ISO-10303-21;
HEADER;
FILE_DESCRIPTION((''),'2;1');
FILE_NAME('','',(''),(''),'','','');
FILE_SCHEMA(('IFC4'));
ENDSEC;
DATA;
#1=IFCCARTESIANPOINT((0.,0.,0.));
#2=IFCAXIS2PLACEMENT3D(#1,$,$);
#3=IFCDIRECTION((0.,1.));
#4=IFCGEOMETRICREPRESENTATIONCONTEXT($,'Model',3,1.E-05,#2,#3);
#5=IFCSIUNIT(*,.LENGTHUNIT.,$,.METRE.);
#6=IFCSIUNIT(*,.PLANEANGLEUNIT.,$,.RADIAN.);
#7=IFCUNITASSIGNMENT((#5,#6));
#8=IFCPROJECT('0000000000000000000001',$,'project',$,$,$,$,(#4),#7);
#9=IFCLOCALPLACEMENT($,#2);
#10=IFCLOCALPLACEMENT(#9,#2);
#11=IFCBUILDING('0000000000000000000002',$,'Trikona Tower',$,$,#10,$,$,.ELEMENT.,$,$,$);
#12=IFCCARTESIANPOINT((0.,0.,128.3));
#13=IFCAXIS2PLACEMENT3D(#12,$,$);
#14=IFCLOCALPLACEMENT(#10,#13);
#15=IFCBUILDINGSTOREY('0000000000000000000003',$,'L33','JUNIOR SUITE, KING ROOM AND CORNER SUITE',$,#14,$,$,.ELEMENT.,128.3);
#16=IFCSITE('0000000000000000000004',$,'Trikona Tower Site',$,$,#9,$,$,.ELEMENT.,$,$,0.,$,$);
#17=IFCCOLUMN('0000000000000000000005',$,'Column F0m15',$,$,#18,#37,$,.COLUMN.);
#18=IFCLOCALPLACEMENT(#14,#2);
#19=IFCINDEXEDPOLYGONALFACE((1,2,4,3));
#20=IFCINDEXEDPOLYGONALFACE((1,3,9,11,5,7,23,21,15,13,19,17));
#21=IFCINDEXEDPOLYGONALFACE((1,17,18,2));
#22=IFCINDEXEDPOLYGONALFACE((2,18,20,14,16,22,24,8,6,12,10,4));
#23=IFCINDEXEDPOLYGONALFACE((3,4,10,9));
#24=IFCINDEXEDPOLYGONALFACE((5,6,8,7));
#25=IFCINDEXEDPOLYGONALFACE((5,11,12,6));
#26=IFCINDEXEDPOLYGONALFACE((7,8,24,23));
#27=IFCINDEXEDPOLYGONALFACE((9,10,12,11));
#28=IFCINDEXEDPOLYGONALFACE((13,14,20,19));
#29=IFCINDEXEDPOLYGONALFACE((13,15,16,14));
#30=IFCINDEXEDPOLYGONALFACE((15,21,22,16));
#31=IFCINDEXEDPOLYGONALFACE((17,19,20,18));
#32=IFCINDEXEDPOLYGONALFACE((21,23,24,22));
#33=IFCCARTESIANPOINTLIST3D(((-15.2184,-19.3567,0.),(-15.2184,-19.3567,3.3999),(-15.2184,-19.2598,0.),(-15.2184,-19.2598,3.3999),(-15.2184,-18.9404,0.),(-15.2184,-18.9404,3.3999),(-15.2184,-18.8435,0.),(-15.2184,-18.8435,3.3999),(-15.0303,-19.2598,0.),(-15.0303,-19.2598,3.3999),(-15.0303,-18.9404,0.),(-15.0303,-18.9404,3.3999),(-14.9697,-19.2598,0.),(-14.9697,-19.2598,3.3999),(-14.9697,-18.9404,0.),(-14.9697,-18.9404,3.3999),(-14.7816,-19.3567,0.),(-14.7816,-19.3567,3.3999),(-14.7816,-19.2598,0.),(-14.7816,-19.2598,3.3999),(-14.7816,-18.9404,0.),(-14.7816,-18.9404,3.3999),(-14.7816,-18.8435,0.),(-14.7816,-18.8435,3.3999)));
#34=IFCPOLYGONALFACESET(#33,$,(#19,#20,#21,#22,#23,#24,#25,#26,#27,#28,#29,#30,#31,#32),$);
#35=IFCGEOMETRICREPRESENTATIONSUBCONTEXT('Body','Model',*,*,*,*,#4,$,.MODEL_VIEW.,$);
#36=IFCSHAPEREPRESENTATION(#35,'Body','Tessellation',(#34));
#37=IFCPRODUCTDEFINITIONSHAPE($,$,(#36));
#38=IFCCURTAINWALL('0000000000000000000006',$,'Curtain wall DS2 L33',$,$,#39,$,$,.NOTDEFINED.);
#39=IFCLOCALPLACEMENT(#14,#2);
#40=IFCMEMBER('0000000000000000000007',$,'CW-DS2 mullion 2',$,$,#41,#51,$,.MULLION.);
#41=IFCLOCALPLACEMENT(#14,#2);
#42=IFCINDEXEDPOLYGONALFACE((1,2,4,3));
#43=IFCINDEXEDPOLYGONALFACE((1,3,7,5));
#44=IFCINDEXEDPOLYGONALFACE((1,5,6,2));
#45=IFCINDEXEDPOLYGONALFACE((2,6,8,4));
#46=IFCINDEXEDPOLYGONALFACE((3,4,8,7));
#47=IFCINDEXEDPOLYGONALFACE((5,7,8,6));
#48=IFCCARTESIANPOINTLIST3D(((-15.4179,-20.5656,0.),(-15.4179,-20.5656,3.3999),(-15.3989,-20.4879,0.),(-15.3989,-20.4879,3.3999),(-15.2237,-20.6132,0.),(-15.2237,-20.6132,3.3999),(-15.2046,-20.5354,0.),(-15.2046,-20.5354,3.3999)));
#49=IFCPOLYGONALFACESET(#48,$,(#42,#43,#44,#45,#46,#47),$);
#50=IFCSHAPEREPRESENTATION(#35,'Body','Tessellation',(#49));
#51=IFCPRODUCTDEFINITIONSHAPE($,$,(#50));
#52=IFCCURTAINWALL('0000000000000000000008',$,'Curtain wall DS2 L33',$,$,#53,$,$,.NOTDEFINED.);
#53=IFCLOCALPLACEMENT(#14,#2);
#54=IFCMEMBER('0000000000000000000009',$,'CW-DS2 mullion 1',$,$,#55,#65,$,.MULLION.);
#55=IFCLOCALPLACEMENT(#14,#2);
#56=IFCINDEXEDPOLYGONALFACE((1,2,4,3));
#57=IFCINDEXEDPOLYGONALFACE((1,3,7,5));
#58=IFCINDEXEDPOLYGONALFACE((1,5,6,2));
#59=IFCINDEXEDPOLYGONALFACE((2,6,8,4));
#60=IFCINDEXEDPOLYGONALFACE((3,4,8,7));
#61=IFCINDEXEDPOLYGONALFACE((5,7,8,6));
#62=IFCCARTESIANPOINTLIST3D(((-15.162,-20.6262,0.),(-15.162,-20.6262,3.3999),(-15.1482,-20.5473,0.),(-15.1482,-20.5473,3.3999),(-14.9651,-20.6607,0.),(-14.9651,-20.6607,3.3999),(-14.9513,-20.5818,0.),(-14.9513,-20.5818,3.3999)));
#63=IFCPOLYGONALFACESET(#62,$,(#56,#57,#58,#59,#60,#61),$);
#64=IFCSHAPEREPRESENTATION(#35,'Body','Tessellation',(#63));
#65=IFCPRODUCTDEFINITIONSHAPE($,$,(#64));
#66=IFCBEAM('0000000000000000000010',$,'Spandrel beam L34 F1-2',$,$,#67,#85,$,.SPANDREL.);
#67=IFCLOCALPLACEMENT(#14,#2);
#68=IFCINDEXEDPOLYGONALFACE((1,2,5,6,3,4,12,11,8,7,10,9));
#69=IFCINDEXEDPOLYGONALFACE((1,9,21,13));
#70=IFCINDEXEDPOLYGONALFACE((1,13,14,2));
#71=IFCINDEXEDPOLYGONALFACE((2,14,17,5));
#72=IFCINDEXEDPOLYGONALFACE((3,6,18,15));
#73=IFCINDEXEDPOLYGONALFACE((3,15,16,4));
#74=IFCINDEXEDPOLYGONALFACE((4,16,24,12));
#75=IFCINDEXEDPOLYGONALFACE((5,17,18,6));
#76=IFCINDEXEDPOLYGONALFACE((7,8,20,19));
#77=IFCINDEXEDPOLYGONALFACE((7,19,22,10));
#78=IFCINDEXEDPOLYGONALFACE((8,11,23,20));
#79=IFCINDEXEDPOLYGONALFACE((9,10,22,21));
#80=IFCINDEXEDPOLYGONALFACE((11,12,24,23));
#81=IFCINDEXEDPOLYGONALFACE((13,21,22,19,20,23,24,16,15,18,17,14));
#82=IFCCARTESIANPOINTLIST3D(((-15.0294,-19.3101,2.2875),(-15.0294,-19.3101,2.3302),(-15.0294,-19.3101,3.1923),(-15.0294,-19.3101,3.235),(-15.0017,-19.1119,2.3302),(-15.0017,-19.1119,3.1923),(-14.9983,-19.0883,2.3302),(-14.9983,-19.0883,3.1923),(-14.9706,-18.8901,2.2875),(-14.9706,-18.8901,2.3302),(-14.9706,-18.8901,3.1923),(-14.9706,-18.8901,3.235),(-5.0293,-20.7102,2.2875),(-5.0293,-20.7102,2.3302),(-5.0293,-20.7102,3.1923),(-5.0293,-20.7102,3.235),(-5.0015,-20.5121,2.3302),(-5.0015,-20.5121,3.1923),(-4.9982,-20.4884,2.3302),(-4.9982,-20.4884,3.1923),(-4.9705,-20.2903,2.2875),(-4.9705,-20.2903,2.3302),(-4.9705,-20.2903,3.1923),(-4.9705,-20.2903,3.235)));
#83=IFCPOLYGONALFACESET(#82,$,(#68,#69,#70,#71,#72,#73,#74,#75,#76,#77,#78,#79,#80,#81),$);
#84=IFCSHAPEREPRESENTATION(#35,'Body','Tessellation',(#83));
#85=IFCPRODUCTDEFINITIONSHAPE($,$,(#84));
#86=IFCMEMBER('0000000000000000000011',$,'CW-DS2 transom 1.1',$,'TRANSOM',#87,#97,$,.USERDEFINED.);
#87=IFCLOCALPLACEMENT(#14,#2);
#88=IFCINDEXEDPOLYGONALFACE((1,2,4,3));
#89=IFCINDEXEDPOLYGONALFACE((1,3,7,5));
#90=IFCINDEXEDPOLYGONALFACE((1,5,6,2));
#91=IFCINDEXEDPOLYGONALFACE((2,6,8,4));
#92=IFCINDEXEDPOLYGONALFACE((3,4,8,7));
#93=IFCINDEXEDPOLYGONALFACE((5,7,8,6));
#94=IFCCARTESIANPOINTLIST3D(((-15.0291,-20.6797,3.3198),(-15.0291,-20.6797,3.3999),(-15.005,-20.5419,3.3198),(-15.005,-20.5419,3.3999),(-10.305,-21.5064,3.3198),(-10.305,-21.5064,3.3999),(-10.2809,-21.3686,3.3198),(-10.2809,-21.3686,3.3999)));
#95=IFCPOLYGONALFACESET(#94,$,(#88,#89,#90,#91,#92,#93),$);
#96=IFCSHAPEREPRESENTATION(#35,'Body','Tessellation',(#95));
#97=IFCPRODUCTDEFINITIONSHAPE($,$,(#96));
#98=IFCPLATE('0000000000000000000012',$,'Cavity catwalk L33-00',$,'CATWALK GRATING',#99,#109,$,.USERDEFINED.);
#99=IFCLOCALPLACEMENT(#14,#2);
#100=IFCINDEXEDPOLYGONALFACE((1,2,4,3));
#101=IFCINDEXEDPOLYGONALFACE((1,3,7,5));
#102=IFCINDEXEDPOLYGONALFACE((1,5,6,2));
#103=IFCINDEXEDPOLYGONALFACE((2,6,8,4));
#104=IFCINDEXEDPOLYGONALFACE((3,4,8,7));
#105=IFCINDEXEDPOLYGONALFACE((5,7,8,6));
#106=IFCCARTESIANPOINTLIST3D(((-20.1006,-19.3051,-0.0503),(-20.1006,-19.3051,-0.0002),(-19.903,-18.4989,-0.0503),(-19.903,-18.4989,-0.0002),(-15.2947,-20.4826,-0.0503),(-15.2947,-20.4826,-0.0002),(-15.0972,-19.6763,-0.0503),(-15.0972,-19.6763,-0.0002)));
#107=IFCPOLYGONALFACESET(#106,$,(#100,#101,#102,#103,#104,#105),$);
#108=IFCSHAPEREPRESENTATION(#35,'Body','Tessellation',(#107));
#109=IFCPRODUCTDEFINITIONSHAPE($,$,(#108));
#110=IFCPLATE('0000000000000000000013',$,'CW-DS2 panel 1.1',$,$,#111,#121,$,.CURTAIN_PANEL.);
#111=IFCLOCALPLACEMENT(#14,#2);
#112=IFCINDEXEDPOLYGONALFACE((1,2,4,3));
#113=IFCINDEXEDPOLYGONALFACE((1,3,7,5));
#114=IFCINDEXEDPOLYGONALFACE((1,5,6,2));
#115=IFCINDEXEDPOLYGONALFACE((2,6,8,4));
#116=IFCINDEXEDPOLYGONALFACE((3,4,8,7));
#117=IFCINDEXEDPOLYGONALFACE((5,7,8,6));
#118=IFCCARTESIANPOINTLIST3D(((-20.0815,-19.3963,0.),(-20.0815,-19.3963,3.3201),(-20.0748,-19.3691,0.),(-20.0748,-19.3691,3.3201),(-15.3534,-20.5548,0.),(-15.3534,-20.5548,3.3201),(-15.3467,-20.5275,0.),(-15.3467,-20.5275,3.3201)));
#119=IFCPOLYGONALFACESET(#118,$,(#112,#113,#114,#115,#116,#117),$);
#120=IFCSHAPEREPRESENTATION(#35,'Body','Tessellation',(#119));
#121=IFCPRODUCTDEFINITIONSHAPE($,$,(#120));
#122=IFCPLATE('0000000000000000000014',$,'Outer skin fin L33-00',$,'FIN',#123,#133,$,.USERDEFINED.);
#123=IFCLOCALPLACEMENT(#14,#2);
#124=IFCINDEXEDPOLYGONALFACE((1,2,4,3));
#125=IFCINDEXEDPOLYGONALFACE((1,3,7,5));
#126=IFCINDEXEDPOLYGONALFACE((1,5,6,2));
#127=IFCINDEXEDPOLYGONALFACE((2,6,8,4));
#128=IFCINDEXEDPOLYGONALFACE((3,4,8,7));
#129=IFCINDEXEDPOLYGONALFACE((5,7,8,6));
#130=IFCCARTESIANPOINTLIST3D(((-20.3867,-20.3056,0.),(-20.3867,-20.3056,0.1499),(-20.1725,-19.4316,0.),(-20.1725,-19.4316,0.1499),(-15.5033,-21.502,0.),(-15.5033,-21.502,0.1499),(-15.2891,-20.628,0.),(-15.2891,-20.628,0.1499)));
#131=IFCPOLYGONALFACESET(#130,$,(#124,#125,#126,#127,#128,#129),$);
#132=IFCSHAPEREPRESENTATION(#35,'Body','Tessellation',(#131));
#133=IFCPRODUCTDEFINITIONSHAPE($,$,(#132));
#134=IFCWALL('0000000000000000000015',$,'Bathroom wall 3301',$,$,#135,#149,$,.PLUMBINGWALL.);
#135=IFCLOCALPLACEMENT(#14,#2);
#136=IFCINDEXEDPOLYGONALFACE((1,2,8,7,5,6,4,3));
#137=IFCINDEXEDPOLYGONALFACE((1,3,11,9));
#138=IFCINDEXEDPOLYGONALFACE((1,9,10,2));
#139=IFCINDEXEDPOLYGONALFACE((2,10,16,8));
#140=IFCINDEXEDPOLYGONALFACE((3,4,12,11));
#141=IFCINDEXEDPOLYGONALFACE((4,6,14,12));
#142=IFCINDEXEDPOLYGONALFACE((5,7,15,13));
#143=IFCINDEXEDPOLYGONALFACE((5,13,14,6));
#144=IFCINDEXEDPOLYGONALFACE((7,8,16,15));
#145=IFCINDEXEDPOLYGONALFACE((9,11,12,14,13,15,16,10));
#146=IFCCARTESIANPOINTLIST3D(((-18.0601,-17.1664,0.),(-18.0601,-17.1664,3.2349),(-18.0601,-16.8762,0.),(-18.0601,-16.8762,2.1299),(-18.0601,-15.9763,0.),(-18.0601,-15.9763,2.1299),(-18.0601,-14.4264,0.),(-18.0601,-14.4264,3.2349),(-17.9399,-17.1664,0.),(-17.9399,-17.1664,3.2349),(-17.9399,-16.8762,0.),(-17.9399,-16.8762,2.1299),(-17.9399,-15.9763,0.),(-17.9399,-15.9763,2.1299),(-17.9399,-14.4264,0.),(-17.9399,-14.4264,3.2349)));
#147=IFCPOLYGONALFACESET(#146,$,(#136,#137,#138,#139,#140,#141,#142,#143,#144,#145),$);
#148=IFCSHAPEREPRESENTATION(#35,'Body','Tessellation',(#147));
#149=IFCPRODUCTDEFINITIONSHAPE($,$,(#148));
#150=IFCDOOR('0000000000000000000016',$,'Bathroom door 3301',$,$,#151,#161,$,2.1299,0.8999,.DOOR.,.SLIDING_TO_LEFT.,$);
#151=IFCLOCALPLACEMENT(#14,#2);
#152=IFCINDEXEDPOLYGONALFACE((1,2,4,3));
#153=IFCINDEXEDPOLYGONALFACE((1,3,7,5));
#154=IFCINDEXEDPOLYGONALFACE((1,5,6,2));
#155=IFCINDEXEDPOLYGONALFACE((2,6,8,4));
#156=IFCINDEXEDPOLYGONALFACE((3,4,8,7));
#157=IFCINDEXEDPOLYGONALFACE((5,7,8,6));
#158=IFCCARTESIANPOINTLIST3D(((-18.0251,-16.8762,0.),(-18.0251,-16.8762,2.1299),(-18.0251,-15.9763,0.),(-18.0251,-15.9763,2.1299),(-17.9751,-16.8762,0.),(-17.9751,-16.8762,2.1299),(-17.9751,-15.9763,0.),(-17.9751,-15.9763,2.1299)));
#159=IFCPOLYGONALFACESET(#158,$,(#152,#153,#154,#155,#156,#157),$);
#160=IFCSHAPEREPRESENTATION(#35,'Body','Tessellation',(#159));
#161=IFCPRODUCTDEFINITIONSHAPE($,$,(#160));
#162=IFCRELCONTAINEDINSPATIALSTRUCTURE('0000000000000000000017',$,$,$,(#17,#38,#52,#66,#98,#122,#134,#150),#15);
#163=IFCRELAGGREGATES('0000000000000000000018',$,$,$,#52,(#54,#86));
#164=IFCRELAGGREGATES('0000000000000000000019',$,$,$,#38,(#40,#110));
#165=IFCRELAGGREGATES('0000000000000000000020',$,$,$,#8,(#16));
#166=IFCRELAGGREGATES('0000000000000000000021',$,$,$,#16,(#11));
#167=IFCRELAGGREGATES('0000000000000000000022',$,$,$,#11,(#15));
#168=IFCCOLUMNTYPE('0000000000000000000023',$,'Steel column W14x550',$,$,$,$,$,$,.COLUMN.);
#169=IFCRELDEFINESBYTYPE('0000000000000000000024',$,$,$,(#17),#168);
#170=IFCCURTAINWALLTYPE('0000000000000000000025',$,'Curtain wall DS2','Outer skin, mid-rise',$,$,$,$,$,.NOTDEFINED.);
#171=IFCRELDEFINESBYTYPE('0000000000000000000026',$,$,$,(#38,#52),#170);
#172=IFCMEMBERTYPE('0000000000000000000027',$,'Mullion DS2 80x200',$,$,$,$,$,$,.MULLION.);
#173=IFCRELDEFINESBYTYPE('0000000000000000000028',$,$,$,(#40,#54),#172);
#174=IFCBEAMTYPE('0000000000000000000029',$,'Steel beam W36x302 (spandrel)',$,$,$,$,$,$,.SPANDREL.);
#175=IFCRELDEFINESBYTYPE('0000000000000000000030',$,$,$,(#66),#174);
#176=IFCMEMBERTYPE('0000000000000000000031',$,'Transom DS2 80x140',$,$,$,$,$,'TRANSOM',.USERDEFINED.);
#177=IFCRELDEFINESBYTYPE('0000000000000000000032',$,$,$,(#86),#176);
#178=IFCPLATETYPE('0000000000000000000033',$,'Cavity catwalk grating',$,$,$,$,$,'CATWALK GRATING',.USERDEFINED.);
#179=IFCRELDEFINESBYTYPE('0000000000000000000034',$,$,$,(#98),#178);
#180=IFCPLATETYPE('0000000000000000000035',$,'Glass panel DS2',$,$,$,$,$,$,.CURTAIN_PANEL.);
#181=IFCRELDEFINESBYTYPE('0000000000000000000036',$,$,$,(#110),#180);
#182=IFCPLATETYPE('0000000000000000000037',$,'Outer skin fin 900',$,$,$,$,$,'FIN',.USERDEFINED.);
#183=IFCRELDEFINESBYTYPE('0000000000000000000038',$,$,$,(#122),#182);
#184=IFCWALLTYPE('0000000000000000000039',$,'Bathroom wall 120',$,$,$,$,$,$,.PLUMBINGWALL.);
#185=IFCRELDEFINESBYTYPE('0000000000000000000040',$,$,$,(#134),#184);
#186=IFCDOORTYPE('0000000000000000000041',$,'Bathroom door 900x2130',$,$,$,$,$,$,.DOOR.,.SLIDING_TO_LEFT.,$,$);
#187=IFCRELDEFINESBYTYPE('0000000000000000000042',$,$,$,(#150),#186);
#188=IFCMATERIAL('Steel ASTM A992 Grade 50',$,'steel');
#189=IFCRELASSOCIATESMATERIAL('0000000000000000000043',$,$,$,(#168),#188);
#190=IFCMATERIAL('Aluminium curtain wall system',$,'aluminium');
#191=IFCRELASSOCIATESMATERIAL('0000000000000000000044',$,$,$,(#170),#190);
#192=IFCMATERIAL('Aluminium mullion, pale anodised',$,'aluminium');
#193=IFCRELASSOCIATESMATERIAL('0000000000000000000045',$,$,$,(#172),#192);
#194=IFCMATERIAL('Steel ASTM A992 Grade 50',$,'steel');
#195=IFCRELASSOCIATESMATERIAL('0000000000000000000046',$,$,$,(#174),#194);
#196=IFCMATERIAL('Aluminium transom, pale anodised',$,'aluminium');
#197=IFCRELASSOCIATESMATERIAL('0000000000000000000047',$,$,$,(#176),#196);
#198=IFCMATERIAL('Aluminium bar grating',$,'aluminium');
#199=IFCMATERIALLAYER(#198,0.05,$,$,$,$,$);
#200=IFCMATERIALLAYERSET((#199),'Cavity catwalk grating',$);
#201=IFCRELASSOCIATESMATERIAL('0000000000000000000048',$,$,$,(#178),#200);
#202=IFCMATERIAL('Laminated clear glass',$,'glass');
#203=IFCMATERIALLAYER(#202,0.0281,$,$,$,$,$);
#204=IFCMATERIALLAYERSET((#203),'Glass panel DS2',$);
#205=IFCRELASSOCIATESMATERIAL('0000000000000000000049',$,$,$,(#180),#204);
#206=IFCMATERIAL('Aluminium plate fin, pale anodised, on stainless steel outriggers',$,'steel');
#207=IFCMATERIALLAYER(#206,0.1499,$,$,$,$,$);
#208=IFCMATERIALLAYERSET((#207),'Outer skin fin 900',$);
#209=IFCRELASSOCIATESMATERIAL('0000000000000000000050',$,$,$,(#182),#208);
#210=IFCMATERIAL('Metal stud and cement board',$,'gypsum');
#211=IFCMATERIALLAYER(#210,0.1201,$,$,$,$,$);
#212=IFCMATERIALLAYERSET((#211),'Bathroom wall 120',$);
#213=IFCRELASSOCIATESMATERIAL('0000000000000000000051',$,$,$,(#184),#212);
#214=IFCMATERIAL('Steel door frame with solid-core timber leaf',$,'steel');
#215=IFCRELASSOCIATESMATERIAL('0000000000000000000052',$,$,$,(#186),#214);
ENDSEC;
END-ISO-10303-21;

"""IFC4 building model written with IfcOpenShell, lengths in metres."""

from ifc_helpers import new_model, si_unit, direction, frame, frame_2d, origin, origin_2d, place, context, subcontext, project, spatial, rectangle, i_section, extrude, material, layer, layer_set, material_profile, profile_set, type_object, element, fill, aggregate, save


model = new_model("IFC4")

# Units and contexts
model_context = context("Model", 3, precision=1e-05, world=origin(), true_north=direction((0.0, 1.0)))
body_context = subcontext(model_context, "Body", "Model", "MODEL_VIEW")
ifc_project = project(units=[si_unit("LENGTHUNIT", "METRE"), si_unit("PLANEANGLEUNIT", "RADIAN")], contexts=[model_context])

# Site, building, storey
site_placement = place(None, origin())
site = spatial("IfcSite", under=ifc_project, at=site_placement, Name="Trikona Tower Site", CompositionType="ELEMENT", RefElevation=0.0)
building_placement = place(site_placement, origin())
building = spatial("IfcBuilding", under=site, at=building_placement, Name="Trikona Tower", CompositionType="ELEMENT")
storey_placement = place(building_placement, frame((0.0, 0.0, 128.3)))
storey = spatial("IfcBuildingStorey", under=building, at=storey_placement, Name="L33", Description="JUNIOR SUITE, KING ROOM AND CORNER SUITE", CompositionType="ELEMENT", Elevation=128.3)

# Column
ifc_material_1 = material(Name="Steel ASTM A992 Grade 50", Category="steel")
ifc_material_profile_1 = material_profile(ifc_material_1, i_section(OverallWidth=0.4368, OverallDepth=0.5132, WebThickness=0.0605, FlangeThickness=0.0969, at=origin_2d()), Name="W14X550")
ifc_profile_set_1 = profile_set([ifc_material_profile_1], Name="Steel ASTM A992 Grade 50")
column_type = type_object("IfcColumnType", Name="Steel column W14x550", PredefinedType="COLUMN", material=ifc_profile_set_1)
column_placement = place(storey_placement, frame((-15.0, -19.1001, 0.0), z_axis=(0.0, 0.0, 1.0), x_axis=(1.0, 0.0, 0.0)))
element("IfcColumn", 1, at=column_placement, inside=storey, type_object=column_type, Name="Column F0m15", PredefinedType="COLUMN", context=body_context, shape_type="SweptSolid", body=[
    extrude(i_section(OverallWidth=0.4368, OverallDepth=0.5132, WebThickness=0.0605, FlangeThickness=0.0969, at=origin_2d()), origin(), (0.0, 0.0, 1.0), 3.3999),
])

# Curtain walls, members
ifc_material_2 = material(Name="Aluminium curtain wall system", Category="aluminium")
curtain_wall_type = type_object("IfcCurtainWallType", Name="Curtain wall DS2", Description="Outer skin, mid-rise", PredefinedType="NOTDEFINED", material=ifc_material_2)
curtain_wall_1_placement = place(storey_placement, origin())
curtain_wall_1 = element("IfcCurtainWall", 2, at=curtain_wall_1_placement, inside=storey, type_object=curtain_wall_type, Name="Curtain wall DS2 L33", PredefinedType="NOTDEFINED")
ifc_material_3 = material(Name="Aluminium mullion, pale anodised", Category="aluminium")
ifc_material_profile_2 = material_profile(ifc_material_3, rectangle(XDim=0.0801, YDim=0.2, at=origin_2d()), Name="MUL-DS2")
ifc_profile_set_2 = profile_set([ifc_material_profile_2], Name="Aluminium mullion, pale anodised")
member_type_1 = type_object("IfcMemberType", Name="Mullion DS2 80x200", PredefinedType="MULLION", material=ifc_profile_set_2)
member_1_placement = place(storey_placement, frame((-15.3113, -20.5505, 0.0), z_axis=(0.0, 0.0, 1.0), x_axis=(0.23797, 0.971272, 0.0)))
member_1 = element("IfcMember", 3, at=member_1_placement, type_object=member_type_1, Name="CW-DS2 mullion 2", PredefinedType="MULLION", context=body_context, shape_type="SweptSolid", body=[
    extrude(rectangle(XDim=0.0801, YDim=0.2, at=origin_2d()), origin(), (0.0, 0.0, 1.0), 3.3999),
])
curtain_wall_2_placement = place(storey_placement, origin())
curtain_wall_2 = element("IfcCurtainWall", 4, at=curtain_wall_2_placement, inside=storey, type_object=curtain_wall_type, Name="Curtain wall DS2 L33", PredefinedType="NOTDEFINED")
member_2_placement = place(storey_placement, frame((-15.0566, -20.604, 0.0), z_axis=(0.0, 0.0, 1.0), x_axis=(0.172377, 0.985031, 0.0)))
member_2 = element("IfcMember", 5, at=member_2_placement, type_object=member_type_1, Name="CW-DS2 mullion 1", PredefinedType="MULLION", context=body_context, shape_type="SweptSolid", body=[
    extrude(rectangle(XDim=0.0801, YDim=0.2, at=origin_2d()), origin(), (0.0, 0.0, 1.0), 3.3999),
])

# Beam
ifc_material_4 = material(Name="Steel ASTM A992 Grade 50", Category="steel")
ifc_material_profile_3 = material_profile(ifc_material_4, i_section(OverallWidth=0.4241, OverallDepth=0.9475, WebThickness=0.0239, FlangeThickness=0.0427, at=origin_2d()), Name="W36X302")
ifc_profile_set_3 = profile_set([ifc_material_profile_3], Name="Steel ASTM A992 Grade 50")
beam_type = type_object("IfcBeamType", Name="Steel beam W36x302 (spandrel)", PredefinedType="SPANDREL", material=ifc_profile_set_3)
beam_placement = place(storey_placement, frame((-15.0, -19.1001, 2.7612), z_axis=(0.99034, -0.138662, 0.0), x_axis=(0.138662, 0.99034, 0.0)))
element("IfcBeam", 6, at=beam_placement, inside=storey, type_object=beam_type, Name="Spandrel beam L34 F1-2", PredefinedType="SPANDREL", context=body_context, shape_type="SweptSolid", body=[
    extrude(i_section(OverallWidth=0.4241, OverallDepth=0.9475, WebThickness=0.0239, FlangeThickness=0.0427, at=origin_2d()), origin(), (0.0, 0.0, 1.0), 10.0977),
])

# Member
ifc_material_5 = material(Name="Aluminium transom, pale anodised", Category="aluminium")
ifc_material_profile_4 = material_profile(ifc_material_5, rectangle(XDim=0.1399, YDim=0.0801, at=origin_2d()), Name="TRN-DS2")
ifc_profile_set_4 = profile_set([ifc_material_profile_4], Name="Aluminium transom, pale anodised")
member_type_2 = type_object("IfcMemberType", Name="Transom DS2 80x140", ElementType="TRANSOM", PredefinedType="USERDEFINED", material=ifc_profile_set_4)
member_3_placement = place(storey_placement, frame((-15.0171, -20.6108, 3.3599), z_axis=(0.985033, -0.172368, 0.0), x_axis=(0.172368, 0.985033, 0.0)))
member_3 = element("IfcMember", 7, at=member_3_placement, type_object=member_type_2, Name="CW-DS2 transom 1.1", ObjectType="TRANSOM", PredefinedType="USERDEFINED", context=body_context, shape_type="SweptSolid", body=[
    extrude(rectangle(XDim=0.1399, YDim=0.0801, at=origin_2d()), origin(), (0.0, 0.0, 1.0), 4.7959),
])
aggregate(curtain_wall_2, [member_2, member_3])

# Plates
ifc_material_6 = material(Name="Aluminium bar grating", Category="aluminium")
ifc_layer_1 = layer(ifc_material_6, 0.05)
ifc_layer_set_1 = layer_set([ifc_layer_1], Name="Cavity catwalk grating")
plate_type_1 = type_object("IfcPlateType", Name="Cavity catwalk grating", ElementType="CATWALK GRATING", PredefinedType="USERDEFINED", material=ifc_layer_set_1)
plate_1_placement = place(storey_placement, frame((-17.5989, -19.4907, -0.0503), z_axis=(0.0, 0.0, 1.0), x_axis=(0.971274, -0.237962, 0.0)))
element("IfcPlate", 8, at=plate_1_placement, inside=storey, type_object=plate_type_1, Name="Cavity catwalk L33-00", ObjectType="CATWALK GRATING", PredefinedType="USERDEFINED", context=body_context, shape_type="SweptSolid", body=[
    extrude(rectangle(XDim=4.948, YDim=0.8301, at=origin_2d()), origin(), (0.0, 0.0, 1.0), 0.05),
])
ifc_material_7 = material(Name="Laminated clear glass", Category="glass")
ifc_layer_2 = layer(ifc_material_7, 0.0281)
ifc_layer_set_2 = layer_set([ifc_layer_2], Name="Glass panel DS2")
plate_type_2 = type_object("IfcPlateType", Name="Glass panel DS2", PredefinedType="CURTAIN_PANEL", material=ifc_layer_set_2)
plate_2_placement = place(storey_placement, frame((-17.7141, -19.9619, 0.0), z_axis=(0.0, 0.0, 1.0), x_axis=(0.971272, -0.23797, 0.0)))
plate_2 = element("IfcPlate", 9, at=plate_2_placement, type_object=plate_type_2, Name="CW-DS2 panel 1.1", PredefinedType="CURTAIN_PANEL", context=body_context, shape_type="SweptSolid", body=[
    extrude(rectangle(XDim=4.8679, YDim=0.0281, at=origin_2d()), origin(), (0.0, 0.0, 1.0), 3.3201),
])
aggregate(curtain_wall_1, [member_1, plate_2])
ifc_material_8 = material(Name="Aluminium plate fin, pale anodised, on stainless steel outriggers", Category="steel")
ifc_layer_3 = layer(ifc_material_8, 0.1499)
ifc_layer_set_3 = layer_set([ifc_layer_3], Name="Outer skin fin 900")
plate_type_3 = type_object("IfcPlateType", Name="Outer skin fin 900", ElementType="FIN", PredefinedType="USERDEFINED", material=ifc_layer_set_3)
plate_3_placement = place(storey_placement, frame((-17.8379, -20.4668, 0.0), z_axis=(0.0, 0.0, 1.0), x_axis=(0.971274, -0.237962, 0.0)))
element("IfcPlate", 10, at=plate_3_placement, inside=storey, type_object=plate_type_3, Name="Outer skin fin L33-00", ObjectType="FIN", PredefinedType="USERDEFINED", context=body_context, shape_type="SweptSolid", body=[
    extrude(rectangle(XDim=5.0278, YDim=0.8999, at=origin_2d()), origin(), (0.0, 0.0, 1.0), 0.1499),
])

# Wall, opening, door
ifc_material_9 = material(Name="Metal stud and cement board", Category="gypsum")
ifc_layer_4 = layer(ifc_material_9, 0.1201)
ifc_layer_set_4 = layer_set([ifc_layer_4], Name="Bathroom wall 120")
wall_type_1 = type_object("IfcWallType", Name="Bathroom wall 120", PredefinedType="PLUMBINGWALL", material=ifc_layer_set_4)
wall_1_placement = place(storey_placement, frame((-18.0, -14.4263, 0.0), z_axis=(0.0, 0.0, 1.0), x_axis=(0.0, -1.0, 0.0)))
wall_1 = element("IfcWall", 11, at=wall_1_placement, inside=storey, type_object=wall_type_1, Name="Bathroom wall 3301", PredefinedType="PLUMBINGWALL", context=body_context, shape_type="SweptSolid", body=[
    extrude(rectangle(XDim=2.74, YDim=0.1201, at=frame_2d((1.3701, 0.0))), origin(), (0.0, 0.0, 1.0), 3.2349),
])
opening_1_placement = place(wall_1_placement, frame((1.55, 0.0, 0.0)))
opening_1 = element("IfcOpeningElement", 12, at=opening_1_placement, cuts=wall_1, PredefinedType="OPENING", context=body_context, shape_type="SweptSolid", body=[
    extrude(rectangle(XDim=0.8999, YDim=2.1299, at=frame_2d((0.45, 1.0649))), frame((0.0, 0.0701, 0.0), z_axis=(0.0, -1.0, 0.0), x_axis=(1.0, 0.0, 0.0)), (0.0, 0.0, 1.0), 0.1401),
])
ifc_material_10 = material(Name="Steel door frame with solid-core timber leaf", Category="steel")
door_type = type_object("IfcDoorType", Name="Bathroom door 900x2130", OperationType="SLIDING_TO_LEFT", PredefinedType="DOOR", material=ifc_material_10)
door_placement = place(opening_1_placement, origin())
door = element("IfcDoor", 13, at=door_placement, inside=storey, type_object=door_type, Name="Bathroom door 3301", OperationType="SLIDING_TO_LEFT", OverallHeight=2.1299, OverallWidth=0.8999, PredefinedType="DOOR", context=body_context, shape_type="SweptSolid", body=[
    extrude(rectangle(XDim=0.8999, YDim=2.1299, at=frame_2d((0.45, 1.0649))), frame((0.0, 0.0249, 0.0), z_axis=(0.0, -1.0, 0.0), x_axis=(1.0, 0.0, 0.0)), (0.0, 0.0, 1.0), 0.05),
])
fill(opening_1, door)

save(model, "model.ifc")
